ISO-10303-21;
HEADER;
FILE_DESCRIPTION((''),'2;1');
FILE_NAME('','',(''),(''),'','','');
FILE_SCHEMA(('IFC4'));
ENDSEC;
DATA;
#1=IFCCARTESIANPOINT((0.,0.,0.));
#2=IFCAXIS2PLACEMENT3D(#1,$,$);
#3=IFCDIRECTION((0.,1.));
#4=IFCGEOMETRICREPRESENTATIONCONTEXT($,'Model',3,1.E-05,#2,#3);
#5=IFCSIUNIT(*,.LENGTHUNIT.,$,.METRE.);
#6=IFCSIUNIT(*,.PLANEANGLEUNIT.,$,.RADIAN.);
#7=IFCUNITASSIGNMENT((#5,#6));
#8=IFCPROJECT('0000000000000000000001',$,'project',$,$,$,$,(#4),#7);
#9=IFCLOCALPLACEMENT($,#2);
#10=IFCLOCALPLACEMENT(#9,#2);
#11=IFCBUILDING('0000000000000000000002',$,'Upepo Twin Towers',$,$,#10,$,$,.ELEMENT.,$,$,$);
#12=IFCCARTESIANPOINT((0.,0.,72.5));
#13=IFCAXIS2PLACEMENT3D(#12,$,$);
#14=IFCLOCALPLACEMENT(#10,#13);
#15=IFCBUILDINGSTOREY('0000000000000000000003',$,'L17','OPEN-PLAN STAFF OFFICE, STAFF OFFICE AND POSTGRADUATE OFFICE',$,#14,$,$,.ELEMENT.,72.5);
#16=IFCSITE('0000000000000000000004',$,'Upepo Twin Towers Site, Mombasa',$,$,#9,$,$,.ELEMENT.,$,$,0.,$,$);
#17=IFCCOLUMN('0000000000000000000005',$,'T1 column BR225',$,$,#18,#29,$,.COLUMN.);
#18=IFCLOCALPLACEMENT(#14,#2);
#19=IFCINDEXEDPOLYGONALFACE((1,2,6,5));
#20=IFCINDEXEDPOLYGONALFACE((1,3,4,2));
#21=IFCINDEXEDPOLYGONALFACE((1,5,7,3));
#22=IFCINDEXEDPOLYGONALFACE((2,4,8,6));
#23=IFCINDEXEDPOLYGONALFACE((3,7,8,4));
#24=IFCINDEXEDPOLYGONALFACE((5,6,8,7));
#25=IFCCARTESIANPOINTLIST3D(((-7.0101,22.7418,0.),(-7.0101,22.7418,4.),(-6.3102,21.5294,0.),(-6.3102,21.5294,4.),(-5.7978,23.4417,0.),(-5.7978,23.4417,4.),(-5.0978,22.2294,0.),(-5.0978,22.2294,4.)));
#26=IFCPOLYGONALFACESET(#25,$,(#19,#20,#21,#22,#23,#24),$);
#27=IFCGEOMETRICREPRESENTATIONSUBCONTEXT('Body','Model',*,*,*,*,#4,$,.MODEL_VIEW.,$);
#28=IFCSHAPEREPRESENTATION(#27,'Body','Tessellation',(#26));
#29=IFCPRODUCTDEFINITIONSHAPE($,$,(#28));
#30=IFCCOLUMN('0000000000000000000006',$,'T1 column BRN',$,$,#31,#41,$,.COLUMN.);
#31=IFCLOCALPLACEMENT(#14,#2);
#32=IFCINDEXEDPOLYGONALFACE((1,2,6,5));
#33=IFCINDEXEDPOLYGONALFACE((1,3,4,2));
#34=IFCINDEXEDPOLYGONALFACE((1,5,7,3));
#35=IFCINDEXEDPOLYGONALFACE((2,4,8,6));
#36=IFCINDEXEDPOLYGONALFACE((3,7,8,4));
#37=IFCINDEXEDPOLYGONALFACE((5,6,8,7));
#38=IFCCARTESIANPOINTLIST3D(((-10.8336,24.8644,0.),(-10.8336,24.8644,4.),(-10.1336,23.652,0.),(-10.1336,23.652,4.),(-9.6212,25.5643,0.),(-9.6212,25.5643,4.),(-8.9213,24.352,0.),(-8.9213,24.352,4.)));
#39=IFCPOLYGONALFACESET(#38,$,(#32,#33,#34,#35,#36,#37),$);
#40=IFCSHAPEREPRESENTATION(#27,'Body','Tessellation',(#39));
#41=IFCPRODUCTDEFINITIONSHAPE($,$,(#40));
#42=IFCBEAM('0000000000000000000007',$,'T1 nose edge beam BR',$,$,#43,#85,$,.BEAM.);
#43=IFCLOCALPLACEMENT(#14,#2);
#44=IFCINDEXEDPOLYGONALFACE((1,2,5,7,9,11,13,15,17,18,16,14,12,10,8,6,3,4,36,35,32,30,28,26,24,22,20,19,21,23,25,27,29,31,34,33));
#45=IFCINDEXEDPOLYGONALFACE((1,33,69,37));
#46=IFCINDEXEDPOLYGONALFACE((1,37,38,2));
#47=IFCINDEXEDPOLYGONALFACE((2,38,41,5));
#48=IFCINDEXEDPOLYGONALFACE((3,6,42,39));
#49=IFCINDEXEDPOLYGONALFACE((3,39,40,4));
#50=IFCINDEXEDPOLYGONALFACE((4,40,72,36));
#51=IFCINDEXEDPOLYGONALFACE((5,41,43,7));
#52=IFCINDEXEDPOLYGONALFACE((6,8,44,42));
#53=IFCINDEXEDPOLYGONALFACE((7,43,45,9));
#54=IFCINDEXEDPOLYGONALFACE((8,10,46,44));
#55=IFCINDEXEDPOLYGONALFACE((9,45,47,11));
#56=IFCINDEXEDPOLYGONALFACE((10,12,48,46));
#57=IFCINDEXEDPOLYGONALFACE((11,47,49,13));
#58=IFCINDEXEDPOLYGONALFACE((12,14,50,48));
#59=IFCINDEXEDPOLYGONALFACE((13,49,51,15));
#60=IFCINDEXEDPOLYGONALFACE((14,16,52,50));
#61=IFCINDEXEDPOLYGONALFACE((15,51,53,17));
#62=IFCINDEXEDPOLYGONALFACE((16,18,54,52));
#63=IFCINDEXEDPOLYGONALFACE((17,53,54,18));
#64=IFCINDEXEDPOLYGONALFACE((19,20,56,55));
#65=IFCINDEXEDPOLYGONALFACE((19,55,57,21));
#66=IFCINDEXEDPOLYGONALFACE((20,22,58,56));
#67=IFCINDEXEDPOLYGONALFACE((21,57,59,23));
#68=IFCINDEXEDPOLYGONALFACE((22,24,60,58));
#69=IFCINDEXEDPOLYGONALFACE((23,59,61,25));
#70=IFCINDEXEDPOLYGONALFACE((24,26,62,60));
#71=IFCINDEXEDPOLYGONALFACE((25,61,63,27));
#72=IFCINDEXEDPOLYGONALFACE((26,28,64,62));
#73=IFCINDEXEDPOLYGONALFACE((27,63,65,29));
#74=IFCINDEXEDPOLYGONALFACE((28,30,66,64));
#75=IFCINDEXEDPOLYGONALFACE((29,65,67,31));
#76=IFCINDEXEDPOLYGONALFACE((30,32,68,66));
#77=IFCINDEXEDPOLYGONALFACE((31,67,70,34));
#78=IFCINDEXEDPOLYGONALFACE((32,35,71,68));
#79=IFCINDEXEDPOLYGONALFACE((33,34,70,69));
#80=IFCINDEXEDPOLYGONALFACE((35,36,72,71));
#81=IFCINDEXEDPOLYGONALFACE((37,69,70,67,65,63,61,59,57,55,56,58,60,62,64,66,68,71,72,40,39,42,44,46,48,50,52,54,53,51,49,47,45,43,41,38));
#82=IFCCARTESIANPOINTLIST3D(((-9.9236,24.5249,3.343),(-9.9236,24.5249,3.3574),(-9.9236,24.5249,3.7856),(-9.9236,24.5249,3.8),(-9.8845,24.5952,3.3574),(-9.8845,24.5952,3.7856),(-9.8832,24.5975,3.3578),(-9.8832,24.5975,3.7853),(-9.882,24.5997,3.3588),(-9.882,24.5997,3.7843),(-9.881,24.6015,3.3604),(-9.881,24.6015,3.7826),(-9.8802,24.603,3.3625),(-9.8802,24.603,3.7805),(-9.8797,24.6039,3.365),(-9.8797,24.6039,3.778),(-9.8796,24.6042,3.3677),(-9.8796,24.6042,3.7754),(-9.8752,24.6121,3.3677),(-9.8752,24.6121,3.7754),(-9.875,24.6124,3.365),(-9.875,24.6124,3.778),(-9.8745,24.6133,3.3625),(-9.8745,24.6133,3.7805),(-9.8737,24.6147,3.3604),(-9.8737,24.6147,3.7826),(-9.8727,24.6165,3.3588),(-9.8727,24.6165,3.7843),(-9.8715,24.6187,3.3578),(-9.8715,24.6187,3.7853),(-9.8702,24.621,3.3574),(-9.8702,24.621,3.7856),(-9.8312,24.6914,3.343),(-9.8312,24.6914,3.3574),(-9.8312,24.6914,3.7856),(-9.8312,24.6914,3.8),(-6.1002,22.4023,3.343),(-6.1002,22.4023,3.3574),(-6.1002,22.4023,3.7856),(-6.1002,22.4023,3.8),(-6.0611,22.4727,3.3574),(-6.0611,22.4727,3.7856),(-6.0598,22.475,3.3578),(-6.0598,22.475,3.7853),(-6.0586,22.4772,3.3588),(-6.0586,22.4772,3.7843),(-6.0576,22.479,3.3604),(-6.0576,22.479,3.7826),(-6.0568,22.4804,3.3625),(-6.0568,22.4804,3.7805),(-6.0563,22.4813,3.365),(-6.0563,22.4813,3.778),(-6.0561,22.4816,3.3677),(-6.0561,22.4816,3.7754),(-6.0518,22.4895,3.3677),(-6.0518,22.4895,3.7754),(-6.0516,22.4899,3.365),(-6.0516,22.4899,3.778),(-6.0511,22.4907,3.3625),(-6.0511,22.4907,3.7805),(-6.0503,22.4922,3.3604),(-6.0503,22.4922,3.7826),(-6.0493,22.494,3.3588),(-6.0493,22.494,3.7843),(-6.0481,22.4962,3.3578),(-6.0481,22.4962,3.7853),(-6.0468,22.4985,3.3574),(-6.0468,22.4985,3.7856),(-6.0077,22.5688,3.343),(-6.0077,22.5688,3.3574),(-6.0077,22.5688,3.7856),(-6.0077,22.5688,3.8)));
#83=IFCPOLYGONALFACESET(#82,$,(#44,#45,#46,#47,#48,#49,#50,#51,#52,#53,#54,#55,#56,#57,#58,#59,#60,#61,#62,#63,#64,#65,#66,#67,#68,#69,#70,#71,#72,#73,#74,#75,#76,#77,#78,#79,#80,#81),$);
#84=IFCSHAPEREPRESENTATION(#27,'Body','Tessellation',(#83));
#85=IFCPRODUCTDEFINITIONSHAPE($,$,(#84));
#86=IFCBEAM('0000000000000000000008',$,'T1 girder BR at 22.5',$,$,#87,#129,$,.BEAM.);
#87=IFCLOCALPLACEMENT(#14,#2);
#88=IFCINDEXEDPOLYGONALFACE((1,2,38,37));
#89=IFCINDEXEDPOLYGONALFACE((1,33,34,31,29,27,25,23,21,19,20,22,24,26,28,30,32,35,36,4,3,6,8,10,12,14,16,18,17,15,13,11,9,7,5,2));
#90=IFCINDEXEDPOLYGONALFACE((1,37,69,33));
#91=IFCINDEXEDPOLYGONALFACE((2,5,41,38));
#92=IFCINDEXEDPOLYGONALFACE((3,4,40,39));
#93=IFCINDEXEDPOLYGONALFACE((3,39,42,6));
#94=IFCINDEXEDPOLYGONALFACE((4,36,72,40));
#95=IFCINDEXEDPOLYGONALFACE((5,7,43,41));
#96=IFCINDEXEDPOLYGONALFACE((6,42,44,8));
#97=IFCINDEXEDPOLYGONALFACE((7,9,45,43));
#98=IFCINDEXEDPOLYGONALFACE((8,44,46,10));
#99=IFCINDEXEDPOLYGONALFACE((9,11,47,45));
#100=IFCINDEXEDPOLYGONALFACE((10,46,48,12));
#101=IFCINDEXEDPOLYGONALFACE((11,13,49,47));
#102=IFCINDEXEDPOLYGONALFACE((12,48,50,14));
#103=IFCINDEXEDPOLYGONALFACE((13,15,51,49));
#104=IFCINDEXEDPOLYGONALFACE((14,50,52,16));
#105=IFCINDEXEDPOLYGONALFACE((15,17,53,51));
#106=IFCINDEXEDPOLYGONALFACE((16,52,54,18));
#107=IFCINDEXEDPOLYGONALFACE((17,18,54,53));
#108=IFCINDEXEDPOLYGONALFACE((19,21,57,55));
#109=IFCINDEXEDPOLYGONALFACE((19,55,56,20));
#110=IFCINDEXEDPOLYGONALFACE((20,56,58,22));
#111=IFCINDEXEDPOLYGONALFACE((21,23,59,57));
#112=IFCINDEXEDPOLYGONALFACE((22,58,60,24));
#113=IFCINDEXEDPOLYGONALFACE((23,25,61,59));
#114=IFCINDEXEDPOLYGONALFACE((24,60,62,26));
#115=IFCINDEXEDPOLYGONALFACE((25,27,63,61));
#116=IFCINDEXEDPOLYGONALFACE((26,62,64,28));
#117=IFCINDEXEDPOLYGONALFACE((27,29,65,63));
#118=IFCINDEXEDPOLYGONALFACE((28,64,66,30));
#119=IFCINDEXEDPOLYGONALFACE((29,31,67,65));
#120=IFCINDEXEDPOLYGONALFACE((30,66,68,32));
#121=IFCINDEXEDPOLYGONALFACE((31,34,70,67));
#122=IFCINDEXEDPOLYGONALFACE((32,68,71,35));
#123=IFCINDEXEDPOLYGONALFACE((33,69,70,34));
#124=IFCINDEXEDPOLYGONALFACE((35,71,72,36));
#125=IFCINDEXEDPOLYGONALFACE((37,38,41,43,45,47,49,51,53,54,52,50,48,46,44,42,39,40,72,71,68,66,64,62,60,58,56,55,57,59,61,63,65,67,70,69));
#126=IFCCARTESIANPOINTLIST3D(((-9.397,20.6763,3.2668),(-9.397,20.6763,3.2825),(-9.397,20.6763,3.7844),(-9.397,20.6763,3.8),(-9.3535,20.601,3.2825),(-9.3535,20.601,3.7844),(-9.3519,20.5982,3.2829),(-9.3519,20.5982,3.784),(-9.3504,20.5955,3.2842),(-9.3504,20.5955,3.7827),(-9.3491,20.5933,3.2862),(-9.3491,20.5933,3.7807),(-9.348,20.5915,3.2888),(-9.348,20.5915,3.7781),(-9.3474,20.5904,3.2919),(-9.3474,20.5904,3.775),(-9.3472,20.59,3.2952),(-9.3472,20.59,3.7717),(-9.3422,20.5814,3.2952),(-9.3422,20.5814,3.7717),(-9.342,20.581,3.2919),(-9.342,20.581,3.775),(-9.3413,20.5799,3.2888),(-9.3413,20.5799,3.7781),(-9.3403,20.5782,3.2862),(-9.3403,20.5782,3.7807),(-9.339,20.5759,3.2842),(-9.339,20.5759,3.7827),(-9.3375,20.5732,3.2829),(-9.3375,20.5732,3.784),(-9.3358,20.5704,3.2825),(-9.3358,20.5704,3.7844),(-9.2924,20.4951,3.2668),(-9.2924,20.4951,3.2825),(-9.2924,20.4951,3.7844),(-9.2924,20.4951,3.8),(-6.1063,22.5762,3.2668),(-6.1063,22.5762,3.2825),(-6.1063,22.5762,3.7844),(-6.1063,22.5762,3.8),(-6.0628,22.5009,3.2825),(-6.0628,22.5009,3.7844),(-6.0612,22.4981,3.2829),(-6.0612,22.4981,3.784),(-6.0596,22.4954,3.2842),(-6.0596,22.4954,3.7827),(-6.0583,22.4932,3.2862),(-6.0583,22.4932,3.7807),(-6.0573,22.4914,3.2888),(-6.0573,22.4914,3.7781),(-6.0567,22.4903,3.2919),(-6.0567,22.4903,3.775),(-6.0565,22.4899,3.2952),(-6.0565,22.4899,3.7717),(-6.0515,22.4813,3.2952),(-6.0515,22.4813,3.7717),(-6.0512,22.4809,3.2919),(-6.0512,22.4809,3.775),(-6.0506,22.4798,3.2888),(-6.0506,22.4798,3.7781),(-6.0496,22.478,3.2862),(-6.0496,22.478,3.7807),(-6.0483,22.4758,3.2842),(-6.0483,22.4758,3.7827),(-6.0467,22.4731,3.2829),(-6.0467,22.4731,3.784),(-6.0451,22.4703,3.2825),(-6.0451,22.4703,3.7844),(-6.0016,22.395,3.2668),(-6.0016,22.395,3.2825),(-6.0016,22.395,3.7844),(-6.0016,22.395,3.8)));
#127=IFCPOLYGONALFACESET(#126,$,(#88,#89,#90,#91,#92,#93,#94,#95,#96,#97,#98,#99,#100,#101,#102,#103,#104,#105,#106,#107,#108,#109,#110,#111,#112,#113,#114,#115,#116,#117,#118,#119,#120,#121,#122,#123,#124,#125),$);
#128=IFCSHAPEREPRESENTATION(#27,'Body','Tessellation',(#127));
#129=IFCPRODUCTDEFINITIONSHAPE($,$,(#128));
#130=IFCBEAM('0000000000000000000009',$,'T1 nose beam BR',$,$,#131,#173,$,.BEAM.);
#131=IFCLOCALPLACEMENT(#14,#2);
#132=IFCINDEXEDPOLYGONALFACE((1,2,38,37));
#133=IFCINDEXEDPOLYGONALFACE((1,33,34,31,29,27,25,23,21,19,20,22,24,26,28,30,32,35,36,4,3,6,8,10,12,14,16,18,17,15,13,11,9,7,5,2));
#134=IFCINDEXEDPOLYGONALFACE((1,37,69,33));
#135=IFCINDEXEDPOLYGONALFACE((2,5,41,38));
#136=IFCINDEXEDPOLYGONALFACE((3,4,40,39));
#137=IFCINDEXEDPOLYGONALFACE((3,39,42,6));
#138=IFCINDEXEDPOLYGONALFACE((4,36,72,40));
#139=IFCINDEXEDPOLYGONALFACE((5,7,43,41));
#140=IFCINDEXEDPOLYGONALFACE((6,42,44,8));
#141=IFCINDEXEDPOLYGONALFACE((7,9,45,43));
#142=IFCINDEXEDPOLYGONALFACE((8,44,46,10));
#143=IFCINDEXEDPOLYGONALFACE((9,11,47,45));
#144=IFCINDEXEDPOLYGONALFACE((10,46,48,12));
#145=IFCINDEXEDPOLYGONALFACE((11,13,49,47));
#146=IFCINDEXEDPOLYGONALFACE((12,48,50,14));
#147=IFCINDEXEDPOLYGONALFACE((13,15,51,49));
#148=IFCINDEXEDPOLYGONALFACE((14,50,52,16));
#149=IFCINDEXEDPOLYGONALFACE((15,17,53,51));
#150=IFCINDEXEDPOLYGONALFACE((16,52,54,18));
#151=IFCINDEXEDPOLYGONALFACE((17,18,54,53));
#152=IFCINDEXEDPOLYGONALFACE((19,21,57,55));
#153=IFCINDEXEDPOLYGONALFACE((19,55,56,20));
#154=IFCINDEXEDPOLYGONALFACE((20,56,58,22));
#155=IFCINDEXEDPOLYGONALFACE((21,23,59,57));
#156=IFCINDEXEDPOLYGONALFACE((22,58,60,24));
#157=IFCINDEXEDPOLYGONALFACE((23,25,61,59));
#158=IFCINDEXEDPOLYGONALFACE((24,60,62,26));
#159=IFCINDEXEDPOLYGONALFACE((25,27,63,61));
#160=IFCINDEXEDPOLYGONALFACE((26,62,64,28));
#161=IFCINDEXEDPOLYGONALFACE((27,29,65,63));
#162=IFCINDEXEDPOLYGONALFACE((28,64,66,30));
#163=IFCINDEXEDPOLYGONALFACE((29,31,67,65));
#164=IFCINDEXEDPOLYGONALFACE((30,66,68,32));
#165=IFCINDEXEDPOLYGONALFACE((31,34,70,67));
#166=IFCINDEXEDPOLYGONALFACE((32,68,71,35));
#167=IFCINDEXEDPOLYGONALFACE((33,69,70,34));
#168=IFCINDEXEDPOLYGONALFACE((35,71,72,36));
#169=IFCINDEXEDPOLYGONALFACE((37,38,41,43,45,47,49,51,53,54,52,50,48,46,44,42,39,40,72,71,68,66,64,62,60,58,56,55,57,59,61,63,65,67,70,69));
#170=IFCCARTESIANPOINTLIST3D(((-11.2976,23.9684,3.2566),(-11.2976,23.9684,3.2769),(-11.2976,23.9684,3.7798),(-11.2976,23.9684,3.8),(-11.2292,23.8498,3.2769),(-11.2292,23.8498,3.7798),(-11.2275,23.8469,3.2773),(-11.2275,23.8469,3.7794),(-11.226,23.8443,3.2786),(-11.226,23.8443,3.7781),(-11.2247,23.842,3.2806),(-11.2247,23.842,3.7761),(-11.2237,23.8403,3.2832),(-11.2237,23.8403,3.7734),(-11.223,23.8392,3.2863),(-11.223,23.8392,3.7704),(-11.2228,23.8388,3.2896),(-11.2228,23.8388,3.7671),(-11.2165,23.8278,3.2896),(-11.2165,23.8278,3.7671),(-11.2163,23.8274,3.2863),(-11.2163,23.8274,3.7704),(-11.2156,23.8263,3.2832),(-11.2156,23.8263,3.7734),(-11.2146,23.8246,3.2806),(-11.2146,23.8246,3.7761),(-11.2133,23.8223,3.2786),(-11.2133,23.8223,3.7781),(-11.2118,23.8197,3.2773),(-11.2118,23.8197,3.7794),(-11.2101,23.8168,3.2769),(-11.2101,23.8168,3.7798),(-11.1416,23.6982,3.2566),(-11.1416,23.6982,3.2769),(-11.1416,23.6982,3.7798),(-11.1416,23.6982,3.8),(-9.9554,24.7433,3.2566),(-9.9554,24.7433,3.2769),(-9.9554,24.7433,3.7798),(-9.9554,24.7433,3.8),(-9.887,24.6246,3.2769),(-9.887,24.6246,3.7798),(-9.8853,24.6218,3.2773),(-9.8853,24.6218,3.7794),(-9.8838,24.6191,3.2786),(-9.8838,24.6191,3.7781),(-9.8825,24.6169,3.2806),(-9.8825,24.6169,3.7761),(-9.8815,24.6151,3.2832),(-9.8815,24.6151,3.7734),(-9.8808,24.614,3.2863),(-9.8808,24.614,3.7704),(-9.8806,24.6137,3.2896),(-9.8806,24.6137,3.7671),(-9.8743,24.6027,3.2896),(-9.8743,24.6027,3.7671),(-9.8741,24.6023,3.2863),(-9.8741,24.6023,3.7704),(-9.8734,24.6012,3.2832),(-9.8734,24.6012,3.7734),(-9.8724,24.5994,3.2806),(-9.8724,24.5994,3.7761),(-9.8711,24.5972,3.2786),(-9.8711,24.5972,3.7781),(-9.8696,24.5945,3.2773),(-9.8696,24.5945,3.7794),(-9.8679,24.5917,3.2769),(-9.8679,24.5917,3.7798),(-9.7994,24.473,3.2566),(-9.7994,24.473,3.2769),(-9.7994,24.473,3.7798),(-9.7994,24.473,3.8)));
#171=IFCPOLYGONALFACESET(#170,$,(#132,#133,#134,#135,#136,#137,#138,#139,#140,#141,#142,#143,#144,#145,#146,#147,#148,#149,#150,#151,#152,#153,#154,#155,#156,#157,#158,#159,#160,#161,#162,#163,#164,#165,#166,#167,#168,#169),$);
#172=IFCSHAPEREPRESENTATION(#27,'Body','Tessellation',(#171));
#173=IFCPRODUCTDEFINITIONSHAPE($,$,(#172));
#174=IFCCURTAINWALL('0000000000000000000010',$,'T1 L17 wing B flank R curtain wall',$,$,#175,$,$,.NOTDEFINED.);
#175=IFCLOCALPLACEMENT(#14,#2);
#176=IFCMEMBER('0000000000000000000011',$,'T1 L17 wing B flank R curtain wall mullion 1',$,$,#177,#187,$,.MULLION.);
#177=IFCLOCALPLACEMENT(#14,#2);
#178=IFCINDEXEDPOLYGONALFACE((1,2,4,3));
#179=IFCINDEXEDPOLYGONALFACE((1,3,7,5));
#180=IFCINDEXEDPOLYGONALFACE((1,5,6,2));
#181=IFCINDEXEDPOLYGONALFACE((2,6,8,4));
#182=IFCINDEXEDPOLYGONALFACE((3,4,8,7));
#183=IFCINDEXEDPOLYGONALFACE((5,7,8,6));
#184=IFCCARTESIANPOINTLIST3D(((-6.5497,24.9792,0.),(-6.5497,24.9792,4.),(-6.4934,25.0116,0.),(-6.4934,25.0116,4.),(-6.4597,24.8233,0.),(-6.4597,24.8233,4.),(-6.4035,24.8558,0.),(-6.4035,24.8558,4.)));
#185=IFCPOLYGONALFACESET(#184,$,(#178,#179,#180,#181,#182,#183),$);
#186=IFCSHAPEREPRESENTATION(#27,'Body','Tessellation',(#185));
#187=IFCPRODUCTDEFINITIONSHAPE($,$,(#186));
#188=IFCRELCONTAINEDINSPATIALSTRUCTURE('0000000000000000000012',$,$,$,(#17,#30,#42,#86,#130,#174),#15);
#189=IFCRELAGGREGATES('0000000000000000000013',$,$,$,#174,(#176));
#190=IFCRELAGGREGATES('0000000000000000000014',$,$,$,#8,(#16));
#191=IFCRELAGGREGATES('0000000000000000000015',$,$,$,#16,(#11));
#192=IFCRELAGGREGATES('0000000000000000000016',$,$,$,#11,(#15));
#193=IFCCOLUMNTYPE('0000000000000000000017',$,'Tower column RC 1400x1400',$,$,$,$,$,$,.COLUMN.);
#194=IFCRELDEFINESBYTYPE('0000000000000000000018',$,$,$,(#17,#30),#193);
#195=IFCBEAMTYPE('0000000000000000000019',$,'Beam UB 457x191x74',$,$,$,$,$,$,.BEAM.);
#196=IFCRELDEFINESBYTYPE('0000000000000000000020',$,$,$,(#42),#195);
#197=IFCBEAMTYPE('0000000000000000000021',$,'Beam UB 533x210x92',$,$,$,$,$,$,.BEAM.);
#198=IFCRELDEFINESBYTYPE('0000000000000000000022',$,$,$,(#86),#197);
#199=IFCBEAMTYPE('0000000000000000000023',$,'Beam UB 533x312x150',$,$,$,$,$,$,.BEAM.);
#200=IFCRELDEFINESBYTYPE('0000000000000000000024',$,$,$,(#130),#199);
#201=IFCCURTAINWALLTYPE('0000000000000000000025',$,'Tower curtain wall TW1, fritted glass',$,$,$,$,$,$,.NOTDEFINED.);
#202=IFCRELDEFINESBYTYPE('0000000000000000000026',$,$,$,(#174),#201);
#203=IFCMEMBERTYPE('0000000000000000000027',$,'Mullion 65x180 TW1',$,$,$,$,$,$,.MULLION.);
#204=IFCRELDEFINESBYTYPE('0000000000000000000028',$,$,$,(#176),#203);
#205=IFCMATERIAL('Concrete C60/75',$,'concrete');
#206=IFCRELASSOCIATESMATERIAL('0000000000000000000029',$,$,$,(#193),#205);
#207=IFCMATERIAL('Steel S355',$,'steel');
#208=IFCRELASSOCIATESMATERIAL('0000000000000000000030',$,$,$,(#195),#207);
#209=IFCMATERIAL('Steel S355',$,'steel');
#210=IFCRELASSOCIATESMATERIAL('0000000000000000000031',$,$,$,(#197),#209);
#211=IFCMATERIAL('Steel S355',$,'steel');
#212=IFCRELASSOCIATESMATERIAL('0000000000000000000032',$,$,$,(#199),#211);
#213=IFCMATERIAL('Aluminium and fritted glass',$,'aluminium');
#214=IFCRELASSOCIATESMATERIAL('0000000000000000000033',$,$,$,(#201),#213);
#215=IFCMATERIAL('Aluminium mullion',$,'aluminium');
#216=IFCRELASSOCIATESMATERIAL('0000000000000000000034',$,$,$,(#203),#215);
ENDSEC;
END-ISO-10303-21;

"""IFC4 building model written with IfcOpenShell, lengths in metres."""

from ifc_helpers import new_model, si_unit, direction, frame, origin, origin_2d, place, context, subcontext, project, spatial, rectangle, i_section, extrude, material, material_profile, profile_set, type_object, element, aggregate, save


model = new_model("IFC4")

# Units and contexts
model_context = context("Model", 3, precision=1e-05, world=origin(), true_north=direction((0.0, 1.0)))
body_context = subcontext(model_context, "Body", "Model", "MODEL_VIEW")
ifc_project = project(units=[si_unit("LENGTHUNIT", "METRE"), si_unit("PLANEANGLEUNIT", "RADIAN")], contexts=[model_context])

# Site, building, storey
site_placement = place(None, origin())
site = spatial("IfcSite", under=ifc_project, at=site_placement, Name="Upepo Twin Towers Site, Mombasa", CompositionType="ELEMENT", RefElevation=0.0)
building_placement = place(site_placement, origin())
building = spatial("IfcBuilding", under=site, at=building_placement, Name="Upepo Twin Towers", CompositionType="ELEMENT")
storey_placement = place(building_placement, frame((0.0, 0.0, 72.5)))
storey = spatial("IfcBuildingStorey", under=building, at=storey_placement, Name="L17", Description="OPEN-PLAN STAFF OFFICE, STAFF OFFICE AND POSTGRADUATE OFFICE", CompositionType="ELEMENT", Elevation=72.5)

# Columns
ifc_material_1 = material(Name="Concrete C60/75", Category="concrete")
ifc_material_profile_1 = material_profile(ifc_material_1, rectangle(XDim=1.3999, YDim=1.3999, at=origin_2d()), Name="RC 1400x1400")
ifc_profile_set_1 = profile_set([ifc_material_profile_1], Name="Concrete C60/75")
column_type = type_object("IfcColumnType", Name="Tower column RC 1400x1400", PredefinedType="COLUMN", material=ifc_profile_set_1)
for number, where, z_axis, x_axis, name in (
    (1, (-6.054, 22.4856, 0.0), (0.0, 0.0, 1.0), (0.866025, 0.5, 0.0), "T1 column BR225"),
    (2, (-9.8774, 24.6082, 0.0), (0.0, 0.0, 1.0), (0.866025, 0.5, 0.0), "T1 column BRN"),
):
    element("IfcColumn", number, at=place(storey_placement, frame(where, z_axis=z_axis, x_axis=x_axis)), inside=storey, type_object=column_type, Name=name, PredefinedType="COLUMN", context=body_context, shape_type="SweptSolid", body=[
        extrude(rectangle(XDim=1.3999, YDim=1.3999, at=origin_2d()), origin(), (0.0, 0.0, 1.0), 4.0),
    ])

# Beams
ifc_material_2 = material(Name="Steel S355", Category="steel")
ifc_material_profile_2 = material_profile(ifc_material_2, i_section(OverallWidth=0.1904, OverallDepth=0.457, WebThickness=0.009, FlangeThickness=0.0144, FilletRadius=0.0103, at=origin_2d()), Name="UB 457x191x74")
ifc_profile_set_2 = profile_set([ifc_material_profile_2], Name="Steel S355")
beam_type_1 = type_object("IfcBeamType", Name="Beam UB 457x191x74", PredefinedType="BEAM", material=ifc_profile_set_2)
beam_1_placement = place(storey_placement, frame((-6.054, 22.4856, 3.5715), z_axis=(-0.874313, 0.485363, 0.0), x_axis=(-0.485363, -0.874313, 0.0)))
element("IfcBeam", 3, at=beam_1_placement, inside=storey, type_object=beam_type_1, Name="T1 nose edge beam BR", PredefinedType="BEAM", context=body_context, shape_type="SweptSolid", body=[
    extrude(i_section(OverallWidth=0.1904, OverallDepth=0.457, WebThickness=0.009, FlangeThickness=0.0144, FilletRadius=0.0103, at=origin_2d()), origin(), (0.0, 0.0, 1.0), 4.373),
])
ifc_material_3 = material(Name="Steel S355", Category="steel")
ifc_material_profile_3 = material_profile(ifc_material_3, i_section(OverallWidth=0.2092, OverallDepth=0.5332, WebThickness=0.01, FlangeThickness=0.0156, FilletRadius=0.0127, at=origin_2d()), Name="UB 533x210x92")
ifc_profile_set_3 = profile_set([ifc_material_profile_3], Name="Steel S355")
beam_type_2 = type_object("IfcBeamType", Name="Beam UB 533x210x92", PredefinedType="BEAM", material=ifc_profile_set_3)
beam_2_placement = place(storey_placement, frame((-6.054, 22.4856, 3.5334), z_axis=(-0.866028, -0.499995, 0.0), x_axis=(0.499995, -0.866028, 0.0)))
element("IfcBeam", 4, at=beam_2_placement, inside=storey, type_object=beam_type_2, Name="T1 girder BR at 22.5", PredefinedType="BEAM", context=body_context, shape_type="SweptSolid", body=[
    extrude(i_section(OverallWidth=0.2092, OverallDepth=0.5332, WebThickness=0.01, FlangeThickness=0.0156, FilletRadius=0.0127, at=origin_2d()), origin(), (0.0, 0.0, 1.0), 3.7998),
])
ifc_material_4 = material(Name="Steel S355", Category="steel")
ifc_material_profile_4 = material_profile(ifc_material_4, i_section(OverallWidth=0.312, OverallDepth=0.5435, WebThickness=0.0127, FlangeThickness=0.0203, FilletRadius=0.0127, at=origin_2d()), Name="UB 533x312x150")
ifc_profile_set_4 = profile_set([ifc_material_profile_4], Name="Steel S355")
beam_type_3 = type_object("IfcBeamType", Name="Beam UB 533x312x150", PredefinedType="BEAM", material=ifc_profile_set_4)
beam_3_placement = place(storey_placement, frame((-9.8774, 24.6082, 3.5283), z_axis=(-0.866044, -0.499968, 0.0), x_axis=(0.499968, -0.866044, 0.0)))
element("IfcBeam", 5, at=beam_3_placement, inside=storey, type_object=beam_type_3, Name="T1 nose beam BR", PredefinedType="BEAM", context=body_context, shape_type="SweptSolid", body=[
    extrude(i_section(OverallWidth=0.312, OverallDepth=0.5435, WebThickness=0.0127, FlangeThickness=0.0203, FilletRadius=0.0127, at=origin_2d()), origin(), (0.0, 0.0, 1.0), 1.5498),
])

# Curtain wall, member
ifc_material_5 = material(Name="Aluminium and fritted glass", Category="aluminium")
curtain_wall_type = type_object("IfcCurtainWallType", Name="Tower curtain wall TW1, fritted glass", PredefinedType="NOTDEFINED", material=ifc_material_5)
curtain_wall_1_placement = place(storey_placement, origin())
curtain_wall_1 = element("IfcCurtainWall", 6, at=curtain_wall_1_placement, inside=storey, type_object=curtain_wall_type, Name="T1 L17 wing B flank R curtain wall", PredefinedType="NOTDEFINED")
ifc_material_6 = material(Name="Aluminium mullion", Category="aluminium")
ifc_material_profile_5 = material_profile(ifc_material_6, rectangle(XDim=0.0649, YDim=0.1799, at=origin_2d()), Name="MULLION 65x180")
ifc_profile_set_5 = profile_set([ifc_material_profile_5], Name="Aluminium mullion")
member_type_1 = type_object("IfcMemberType", Name="Mullion 65x180 TW1", PredefinedType="MULLION", material=ifc_profile_set_5)
member_1_placement = place(storey_placement, frame((-6.4766, 24.9175, 0.0), z_axis=(0.0, 0.0, 1.0), x_axis=(0.866025, 0.5, 0.0)))
member_1 = element("IfcMember", 7, at=member_1_placement, type_object=member_type_1, Name="T1 L17 wing B flank R curtain wall mullion 1", PredefinedType="MULLION", context=body_context, shape_type="SweptSolid", body=[
    extrude(rectangle(XDim=0.0649, YDim=0.1799, at=origin_2d()), origin(), (0.0, 0.0, 1.0), 4.0),
])

aggregate(curtain_wall_1, [member_1])

save(model, "model.ifc")
